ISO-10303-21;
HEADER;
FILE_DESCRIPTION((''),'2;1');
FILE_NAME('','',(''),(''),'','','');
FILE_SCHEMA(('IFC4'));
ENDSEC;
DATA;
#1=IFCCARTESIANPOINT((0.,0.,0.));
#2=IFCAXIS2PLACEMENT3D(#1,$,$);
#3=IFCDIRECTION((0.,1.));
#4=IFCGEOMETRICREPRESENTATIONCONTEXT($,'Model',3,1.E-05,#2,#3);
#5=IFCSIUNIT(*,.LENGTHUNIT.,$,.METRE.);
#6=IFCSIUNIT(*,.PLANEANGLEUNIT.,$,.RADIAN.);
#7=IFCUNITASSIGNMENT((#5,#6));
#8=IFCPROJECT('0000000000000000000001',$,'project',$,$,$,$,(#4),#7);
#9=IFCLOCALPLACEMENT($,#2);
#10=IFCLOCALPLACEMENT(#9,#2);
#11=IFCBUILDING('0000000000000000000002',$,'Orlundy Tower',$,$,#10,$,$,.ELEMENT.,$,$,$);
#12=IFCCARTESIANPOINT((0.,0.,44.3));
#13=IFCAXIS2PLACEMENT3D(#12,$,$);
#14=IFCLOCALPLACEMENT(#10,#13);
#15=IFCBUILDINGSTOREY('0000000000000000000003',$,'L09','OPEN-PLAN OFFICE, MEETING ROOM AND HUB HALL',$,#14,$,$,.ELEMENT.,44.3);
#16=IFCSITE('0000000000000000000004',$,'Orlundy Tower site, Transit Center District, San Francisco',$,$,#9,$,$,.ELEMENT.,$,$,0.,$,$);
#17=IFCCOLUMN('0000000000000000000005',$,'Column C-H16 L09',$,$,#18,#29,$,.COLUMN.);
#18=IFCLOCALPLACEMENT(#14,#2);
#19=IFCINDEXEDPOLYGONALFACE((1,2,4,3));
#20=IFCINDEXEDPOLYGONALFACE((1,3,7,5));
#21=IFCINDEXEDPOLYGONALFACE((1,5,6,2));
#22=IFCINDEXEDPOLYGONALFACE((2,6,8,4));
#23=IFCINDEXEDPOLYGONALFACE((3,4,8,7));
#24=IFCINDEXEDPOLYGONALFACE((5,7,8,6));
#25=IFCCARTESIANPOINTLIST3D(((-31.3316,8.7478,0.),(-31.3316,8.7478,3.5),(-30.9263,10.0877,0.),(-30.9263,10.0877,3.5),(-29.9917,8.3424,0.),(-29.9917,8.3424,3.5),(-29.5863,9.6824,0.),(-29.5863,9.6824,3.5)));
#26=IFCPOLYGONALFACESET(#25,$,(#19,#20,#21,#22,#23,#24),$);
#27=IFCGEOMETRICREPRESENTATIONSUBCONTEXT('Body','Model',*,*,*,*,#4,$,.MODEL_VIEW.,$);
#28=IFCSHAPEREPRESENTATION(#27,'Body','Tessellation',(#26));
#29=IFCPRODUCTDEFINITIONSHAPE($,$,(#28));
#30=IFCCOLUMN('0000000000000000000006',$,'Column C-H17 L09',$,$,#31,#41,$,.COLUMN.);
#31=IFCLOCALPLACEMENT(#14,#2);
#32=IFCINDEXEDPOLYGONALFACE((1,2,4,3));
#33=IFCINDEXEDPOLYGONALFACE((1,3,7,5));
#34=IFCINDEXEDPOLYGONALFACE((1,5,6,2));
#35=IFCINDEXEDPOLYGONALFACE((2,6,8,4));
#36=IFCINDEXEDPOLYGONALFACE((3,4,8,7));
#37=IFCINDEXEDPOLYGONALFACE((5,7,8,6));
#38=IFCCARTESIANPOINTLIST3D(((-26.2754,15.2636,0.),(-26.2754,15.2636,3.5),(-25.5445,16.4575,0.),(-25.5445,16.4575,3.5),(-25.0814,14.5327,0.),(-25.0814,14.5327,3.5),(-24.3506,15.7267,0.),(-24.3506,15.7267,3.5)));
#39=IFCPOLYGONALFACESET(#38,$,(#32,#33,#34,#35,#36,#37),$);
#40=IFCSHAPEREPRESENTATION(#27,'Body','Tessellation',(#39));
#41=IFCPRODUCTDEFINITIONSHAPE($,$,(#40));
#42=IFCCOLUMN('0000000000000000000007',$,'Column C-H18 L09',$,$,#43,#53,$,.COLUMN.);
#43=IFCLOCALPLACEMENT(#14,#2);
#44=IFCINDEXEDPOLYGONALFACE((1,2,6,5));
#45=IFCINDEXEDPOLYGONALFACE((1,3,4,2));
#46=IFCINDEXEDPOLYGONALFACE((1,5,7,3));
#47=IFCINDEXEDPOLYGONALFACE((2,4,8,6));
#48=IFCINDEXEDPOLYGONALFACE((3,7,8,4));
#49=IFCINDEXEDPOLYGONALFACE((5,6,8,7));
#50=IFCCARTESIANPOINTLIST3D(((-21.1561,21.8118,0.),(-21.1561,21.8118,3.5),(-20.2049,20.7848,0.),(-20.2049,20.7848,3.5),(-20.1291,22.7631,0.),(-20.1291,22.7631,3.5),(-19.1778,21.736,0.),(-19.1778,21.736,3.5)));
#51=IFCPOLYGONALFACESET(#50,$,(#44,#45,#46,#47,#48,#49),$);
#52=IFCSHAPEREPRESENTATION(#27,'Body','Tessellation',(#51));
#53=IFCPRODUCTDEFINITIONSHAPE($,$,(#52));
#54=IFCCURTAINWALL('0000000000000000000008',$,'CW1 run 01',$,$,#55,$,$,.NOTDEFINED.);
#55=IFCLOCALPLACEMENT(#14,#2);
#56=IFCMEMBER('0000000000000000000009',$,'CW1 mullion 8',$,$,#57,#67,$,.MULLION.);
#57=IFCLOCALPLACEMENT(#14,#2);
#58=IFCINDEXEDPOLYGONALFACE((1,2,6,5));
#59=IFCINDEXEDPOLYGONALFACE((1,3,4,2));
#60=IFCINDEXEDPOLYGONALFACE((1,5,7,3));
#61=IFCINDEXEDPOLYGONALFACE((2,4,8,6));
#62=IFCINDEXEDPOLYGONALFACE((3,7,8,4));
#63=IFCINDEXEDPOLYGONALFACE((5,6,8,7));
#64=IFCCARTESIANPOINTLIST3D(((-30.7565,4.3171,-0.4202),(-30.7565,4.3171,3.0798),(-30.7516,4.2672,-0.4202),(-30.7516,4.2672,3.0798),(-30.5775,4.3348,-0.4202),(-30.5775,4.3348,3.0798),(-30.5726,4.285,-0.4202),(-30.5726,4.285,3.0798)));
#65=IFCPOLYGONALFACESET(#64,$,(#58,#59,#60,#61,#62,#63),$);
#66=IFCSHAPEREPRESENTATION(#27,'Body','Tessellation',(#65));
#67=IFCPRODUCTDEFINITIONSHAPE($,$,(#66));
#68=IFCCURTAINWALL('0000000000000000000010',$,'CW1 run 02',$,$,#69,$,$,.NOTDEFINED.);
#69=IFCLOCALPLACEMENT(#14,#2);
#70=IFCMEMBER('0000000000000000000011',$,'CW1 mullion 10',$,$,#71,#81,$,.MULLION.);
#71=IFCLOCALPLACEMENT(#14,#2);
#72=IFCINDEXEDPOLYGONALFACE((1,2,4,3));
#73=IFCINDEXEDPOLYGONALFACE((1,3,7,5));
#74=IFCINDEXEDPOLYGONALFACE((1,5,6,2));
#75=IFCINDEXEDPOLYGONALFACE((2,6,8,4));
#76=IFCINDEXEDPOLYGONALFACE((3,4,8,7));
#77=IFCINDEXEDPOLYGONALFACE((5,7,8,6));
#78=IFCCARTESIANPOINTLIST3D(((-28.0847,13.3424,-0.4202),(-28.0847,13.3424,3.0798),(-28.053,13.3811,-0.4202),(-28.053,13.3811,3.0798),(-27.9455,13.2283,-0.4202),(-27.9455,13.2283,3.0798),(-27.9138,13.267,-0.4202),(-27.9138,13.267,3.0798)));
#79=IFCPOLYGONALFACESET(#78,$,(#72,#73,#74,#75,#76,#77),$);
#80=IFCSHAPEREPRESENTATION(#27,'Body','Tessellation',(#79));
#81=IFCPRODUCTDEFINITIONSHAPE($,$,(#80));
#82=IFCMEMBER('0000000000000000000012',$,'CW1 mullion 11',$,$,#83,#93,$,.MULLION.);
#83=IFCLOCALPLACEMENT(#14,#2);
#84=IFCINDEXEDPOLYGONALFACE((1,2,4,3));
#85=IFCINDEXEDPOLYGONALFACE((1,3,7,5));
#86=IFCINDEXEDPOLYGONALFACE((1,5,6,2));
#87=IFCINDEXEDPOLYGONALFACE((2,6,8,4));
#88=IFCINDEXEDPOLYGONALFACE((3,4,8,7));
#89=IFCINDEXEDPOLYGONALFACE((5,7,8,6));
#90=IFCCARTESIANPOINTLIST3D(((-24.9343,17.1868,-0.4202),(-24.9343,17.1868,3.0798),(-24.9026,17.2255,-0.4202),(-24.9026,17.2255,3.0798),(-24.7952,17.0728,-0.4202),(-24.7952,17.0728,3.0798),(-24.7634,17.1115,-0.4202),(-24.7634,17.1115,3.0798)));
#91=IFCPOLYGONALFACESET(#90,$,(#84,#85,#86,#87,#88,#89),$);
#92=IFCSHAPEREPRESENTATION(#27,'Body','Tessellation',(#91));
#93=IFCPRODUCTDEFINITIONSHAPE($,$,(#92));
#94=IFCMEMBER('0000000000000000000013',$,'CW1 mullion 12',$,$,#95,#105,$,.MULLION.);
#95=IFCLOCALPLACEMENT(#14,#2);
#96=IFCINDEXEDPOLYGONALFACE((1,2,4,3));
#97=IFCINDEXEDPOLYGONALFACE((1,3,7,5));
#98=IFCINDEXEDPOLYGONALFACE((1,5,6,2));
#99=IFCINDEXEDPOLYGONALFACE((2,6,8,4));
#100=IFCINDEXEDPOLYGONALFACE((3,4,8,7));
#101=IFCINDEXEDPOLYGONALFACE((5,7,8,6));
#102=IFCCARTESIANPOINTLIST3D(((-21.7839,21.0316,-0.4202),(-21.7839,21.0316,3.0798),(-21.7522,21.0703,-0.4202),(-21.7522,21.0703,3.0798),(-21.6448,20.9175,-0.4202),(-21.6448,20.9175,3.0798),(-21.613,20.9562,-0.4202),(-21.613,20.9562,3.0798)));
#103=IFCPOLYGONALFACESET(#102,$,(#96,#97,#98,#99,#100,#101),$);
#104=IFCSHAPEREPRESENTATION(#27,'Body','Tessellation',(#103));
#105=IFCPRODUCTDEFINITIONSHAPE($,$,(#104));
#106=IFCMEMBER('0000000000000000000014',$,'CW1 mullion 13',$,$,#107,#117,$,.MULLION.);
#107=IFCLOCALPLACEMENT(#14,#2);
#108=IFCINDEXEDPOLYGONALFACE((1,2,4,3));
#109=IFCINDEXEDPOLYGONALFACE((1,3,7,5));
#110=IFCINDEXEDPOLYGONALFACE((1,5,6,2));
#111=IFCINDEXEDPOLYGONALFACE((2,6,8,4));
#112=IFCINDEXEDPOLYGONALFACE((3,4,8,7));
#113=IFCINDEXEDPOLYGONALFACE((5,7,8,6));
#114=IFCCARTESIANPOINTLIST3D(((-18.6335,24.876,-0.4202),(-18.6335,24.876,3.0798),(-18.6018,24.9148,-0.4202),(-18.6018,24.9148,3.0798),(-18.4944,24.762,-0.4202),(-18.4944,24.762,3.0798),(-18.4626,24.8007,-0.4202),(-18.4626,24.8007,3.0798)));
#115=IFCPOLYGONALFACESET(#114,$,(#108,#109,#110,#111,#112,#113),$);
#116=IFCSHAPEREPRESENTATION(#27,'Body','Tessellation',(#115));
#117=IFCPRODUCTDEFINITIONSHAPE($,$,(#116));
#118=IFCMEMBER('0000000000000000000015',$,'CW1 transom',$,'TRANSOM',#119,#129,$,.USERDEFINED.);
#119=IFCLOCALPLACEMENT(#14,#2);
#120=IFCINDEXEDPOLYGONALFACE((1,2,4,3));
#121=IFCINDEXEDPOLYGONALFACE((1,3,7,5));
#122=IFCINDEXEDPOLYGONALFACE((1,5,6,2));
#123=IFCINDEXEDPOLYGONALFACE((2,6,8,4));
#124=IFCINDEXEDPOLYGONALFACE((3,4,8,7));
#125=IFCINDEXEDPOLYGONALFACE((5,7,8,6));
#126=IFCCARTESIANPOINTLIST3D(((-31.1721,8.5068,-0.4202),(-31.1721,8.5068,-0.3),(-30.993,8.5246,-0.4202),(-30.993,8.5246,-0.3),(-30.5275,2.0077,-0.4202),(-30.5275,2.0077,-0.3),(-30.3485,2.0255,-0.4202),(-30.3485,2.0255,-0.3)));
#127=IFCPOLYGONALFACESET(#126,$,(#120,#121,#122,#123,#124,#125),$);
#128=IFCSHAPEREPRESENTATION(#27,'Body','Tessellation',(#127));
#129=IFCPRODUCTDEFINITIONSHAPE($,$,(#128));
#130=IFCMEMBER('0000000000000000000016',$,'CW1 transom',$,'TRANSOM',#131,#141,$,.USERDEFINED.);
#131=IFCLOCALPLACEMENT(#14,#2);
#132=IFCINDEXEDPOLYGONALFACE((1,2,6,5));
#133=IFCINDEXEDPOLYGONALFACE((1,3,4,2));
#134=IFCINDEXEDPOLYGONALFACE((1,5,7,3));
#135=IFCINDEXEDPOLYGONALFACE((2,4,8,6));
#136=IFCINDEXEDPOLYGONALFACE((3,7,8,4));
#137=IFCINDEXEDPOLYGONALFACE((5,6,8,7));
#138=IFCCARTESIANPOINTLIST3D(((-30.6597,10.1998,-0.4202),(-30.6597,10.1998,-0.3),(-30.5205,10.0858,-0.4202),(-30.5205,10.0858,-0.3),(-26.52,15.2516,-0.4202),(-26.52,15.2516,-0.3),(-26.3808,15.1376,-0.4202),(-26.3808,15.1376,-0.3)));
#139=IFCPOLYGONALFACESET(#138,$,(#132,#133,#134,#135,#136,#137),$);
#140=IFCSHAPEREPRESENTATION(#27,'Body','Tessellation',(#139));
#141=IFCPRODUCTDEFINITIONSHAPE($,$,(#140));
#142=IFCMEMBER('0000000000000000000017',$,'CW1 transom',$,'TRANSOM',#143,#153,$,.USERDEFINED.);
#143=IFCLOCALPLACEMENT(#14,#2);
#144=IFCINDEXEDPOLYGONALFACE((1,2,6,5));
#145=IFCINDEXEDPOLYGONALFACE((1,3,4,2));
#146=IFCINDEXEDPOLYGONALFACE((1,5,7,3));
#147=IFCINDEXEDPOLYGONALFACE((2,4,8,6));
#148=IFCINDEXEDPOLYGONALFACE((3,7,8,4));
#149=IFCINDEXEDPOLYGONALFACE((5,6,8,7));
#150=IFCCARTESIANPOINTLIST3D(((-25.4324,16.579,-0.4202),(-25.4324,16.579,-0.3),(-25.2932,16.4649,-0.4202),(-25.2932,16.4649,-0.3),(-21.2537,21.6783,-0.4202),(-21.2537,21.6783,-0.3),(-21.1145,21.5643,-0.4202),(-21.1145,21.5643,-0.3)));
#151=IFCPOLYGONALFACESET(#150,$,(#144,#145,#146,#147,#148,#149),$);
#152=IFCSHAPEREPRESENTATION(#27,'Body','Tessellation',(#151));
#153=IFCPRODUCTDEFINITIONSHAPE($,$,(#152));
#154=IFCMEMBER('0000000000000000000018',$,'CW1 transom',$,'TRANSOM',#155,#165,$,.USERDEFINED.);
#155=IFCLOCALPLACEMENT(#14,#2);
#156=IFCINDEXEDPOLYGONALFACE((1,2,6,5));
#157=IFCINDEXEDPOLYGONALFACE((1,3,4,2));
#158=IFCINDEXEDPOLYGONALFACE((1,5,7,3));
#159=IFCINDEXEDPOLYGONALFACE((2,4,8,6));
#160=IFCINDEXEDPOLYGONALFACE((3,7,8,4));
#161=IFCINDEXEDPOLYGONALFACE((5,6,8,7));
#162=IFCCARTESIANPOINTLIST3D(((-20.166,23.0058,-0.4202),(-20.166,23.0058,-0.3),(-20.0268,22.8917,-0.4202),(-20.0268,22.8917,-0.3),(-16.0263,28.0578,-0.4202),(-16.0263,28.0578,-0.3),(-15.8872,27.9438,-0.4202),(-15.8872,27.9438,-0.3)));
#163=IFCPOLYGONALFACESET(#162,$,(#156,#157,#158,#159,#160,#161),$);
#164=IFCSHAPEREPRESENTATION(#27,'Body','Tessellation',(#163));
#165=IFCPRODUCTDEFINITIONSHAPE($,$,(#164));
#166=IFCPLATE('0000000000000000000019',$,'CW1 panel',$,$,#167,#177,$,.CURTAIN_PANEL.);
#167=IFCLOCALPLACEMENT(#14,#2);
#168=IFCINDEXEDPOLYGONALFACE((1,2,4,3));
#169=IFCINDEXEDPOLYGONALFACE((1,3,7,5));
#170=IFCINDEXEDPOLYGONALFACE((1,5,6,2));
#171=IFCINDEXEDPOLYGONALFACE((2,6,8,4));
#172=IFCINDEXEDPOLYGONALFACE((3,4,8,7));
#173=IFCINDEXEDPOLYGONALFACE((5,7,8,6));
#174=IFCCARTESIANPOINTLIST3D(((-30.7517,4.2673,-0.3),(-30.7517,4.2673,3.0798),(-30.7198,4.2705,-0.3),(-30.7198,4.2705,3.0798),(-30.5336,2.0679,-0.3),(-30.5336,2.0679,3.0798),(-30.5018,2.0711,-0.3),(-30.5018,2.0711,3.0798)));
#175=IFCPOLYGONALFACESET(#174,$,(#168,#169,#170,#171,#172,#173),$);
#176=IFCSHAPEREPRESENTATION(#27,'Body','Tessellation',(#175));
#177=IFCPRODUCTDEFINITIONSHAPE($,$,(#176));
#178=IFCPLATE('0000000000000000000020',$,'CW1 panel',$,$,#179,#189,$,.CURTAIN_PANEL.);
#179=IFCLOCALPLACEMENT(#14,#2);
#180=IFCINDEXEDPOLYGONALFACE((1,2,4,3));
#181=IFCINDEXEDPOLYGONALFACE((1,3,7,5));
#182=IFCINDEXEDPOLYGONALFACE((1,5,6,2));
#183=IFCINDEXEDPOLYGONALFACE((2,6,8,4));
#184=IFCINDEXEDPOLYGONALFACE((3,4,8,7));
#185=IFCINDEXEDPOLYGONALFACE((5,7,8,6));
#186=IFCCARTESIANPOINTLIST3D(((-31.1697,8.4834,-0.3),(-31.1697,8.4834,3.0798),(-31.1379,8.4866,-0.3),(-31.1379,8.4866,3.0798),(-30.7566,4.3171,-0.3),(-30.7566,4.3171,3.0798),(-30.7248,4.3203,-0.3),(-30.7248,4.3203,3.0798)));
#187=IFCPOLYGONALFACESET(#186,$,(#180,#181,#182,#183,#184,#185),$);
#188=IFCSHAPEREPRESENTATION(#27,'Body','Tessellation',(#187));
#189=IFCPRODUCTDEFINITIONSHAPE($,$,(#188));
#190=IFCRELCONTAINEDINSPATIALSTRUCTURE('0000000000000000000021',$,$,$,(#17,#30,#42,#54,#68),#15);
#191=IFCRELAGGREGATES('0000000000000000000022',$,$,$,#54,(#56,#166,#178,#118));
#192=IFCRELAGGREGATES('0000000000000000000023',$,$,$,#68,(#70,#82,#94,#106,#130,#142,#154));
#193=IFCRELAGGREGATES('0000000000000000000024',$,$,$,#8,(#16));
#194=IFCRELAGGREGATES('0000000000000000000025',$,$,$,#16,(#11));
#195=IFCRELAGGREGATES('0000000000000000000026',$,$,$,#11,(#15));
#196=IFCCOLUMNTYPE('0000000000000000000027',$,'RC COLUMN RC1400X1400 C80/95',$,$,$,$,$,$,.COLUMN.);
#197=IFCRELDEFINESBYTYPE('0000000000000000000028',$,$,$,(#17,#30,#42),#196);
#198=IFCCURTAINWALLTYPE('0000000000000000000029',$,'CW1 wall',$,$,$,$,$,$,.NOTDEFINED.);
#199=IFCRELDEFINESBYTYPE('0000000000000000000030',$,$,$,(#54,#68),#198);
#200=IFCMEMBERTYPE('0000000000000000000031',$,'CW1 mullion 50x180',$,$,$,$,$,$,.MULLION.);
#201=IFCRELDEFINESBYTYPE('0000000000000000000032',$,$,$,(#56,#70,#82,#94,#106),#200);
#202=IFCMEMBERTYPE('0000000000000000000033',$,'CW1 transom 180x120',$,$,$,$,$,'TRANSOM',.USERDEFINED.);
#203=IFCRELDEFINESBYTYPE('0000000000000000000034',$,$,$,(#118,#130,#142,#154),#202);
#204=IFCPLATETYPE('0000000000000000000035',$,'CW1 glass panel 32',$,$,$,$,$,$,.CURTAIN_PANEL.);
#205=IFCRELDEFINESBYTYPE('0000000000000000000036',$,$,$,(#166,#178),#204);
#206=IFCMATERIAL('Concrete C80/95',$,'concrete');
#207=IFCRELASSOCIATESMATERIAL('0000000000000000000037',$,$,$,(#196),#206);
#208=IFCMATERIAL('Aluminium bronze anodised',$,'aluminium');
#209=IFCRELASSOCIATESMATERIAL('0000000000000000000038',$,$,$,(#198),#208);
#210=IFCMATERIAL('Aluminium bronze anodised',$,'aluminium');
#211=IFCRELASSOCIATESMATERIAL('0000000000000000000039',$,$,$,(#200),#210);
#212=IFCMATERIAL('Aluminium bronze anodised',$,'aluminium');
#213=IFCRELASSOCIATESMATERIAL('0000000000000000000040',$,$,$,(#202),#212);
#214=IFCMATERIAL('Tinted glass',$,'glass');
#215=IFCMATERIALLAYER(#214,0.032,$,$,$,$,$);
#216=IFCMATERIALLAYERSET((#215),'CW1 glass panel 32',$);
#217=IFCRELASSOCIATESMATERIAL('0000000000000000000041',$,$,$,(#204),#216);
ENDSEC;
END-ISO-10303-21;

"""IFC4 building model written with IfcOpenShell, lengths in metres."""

from ifc_helpers import new_model, si_unit, direction, frame, origin, origin_2d, place, context, subcontext, project, spatial, rectangle, extrude, material, layer, layer_set, material_profile, profile_set, type_object, element, aggregate, save


model = new_model("IFC4")

# Units and contexts
model_context = context("Model", 3, precision=1e-05, world=origin(), true_north=direction((0.0, 1.0)))
body_context = subcontext(model_context, "Body", "Model", "MODEL_VIEW")
ifc_project = project(units=[si_unit("LENGTHUNIT", "METRE"), si_unit("PLANEANGLEUNIT", "RADIAN")], contexts=[model_context])

# Site, building, storey
site_placement = place(None, origin())
site = spatial("IfcSite", under=ifc_project, at=site_placement, Name="Orlundy Tower site, Transit Center District, San Francisco", CompositionType="ELEMENT", RefElevation=0.0)
building_placement = place(site_placement, origin())
building = spatial("IfcBuilding", under=site, at=building_placement, Name="Orlundy Tower", CompositionType="ELEMENT")
storey_placement = place(building_placement, frame((0.0, 0.0, 44.3)))
storey = spatial("IfcBuildingStorey", under=building, at=storey_placement, Name="L09", Description="OPEN-PLAN OFFICE, MEETING ROOM AND HUB HALL", CompositionType="ELEMENT", Elevation=44.3)

# Columns
ifc_material_1 = material(Name="Concrete C80/95", Category="concrete")
ifc_material_profile_1 = material_profile(ifc_material_1, rectangle(XDim=1.3999, YDim=1.3999, at=origin_2d()), Name="RC1400X1400")
ifc_profile_set_1 = profile_set([ifc_material_profile_1], Name="Concrete C80/95")
column_type = type_object("IfcColumnType", Name="RC COLUMN RC1400X1400 C80/95", PredefinedType="COLUMN", material=ifc_profile_set_1)
for number, where, z_axis, x_axis, name in (
    (1, (-30.459, 9.2151, 0.0), (0.0, 0.0, 1.0), (-0.957153, 0.289583, 0.0), "Column C-H16 L09"),
    (2, (-25.313, 15.4951, 0.0), (0.0, 0.0, 1.0), (-0.852895, 0.522082, 0.0), "Column C-H17 L09"),
    (3, (-20.167, 21.7739, 0.0), (0.0, 0.0, 1.0), (-0.679518, 0.733659, 0.0), "Column C-H18 L09"),
):
    element("IfcColumn", number, at=place(storey_placement, frame(where, z_axis=z_axis, x_axis=x_axis)), inside=storey, type_object=column_type, Name=name, PredefinedType="COLUMN", context=body_context, shape_type="SweptSolid", body=[
        extrude(rectangle(XDim=1.3999, YDim=1.3999, at=origin_2d()), origin(), (0.0, 0.0, 1.0), 3.5),
    ])

# Curtain wall, member
ifc_material_2 = material(Name="Aluminium bronze anodised", Category="aluminium")
curtain_wall_type = type_object("IfcCurtainWallType", Name="CW1 wall", PredefinedType="NOTDEFINED", material=ifc_material_2)
curtain_wall_1_placement = place(storey_placement, origin())
curtain_wall_1 = element("IfcCurtainWall", 4, at=curtain_wall_1_placement, inside=storey, type_object=curtain_wall_type, Name="CW1 run 01", PredefinedType="NOTDEFINED")
ifc_material_3 = material(Name="Aluminium bronze anodised", Category="aluminium")
ifc_material_profile_2 = material_profile(ifc_material_3, rectangle(XDim=0.1799, YDim=0.05, at=origin_2d()), Name="CW1 mullion 50x180")
ifc_profile_set_2 = profile_set([ifc_material_profile_2], Name="Aluminium bronze anodised")
member_type_1 = type_object("IfcMemberType", Name="CW1 mullion 50x180", PredefinedType="MULLION", material=ifc_profile_set_2)
member_1_placement = place(storey_placement, frame((-30.6646, 4.301, -0.4202), z_axis=(0.0, 0.0, 1.0), x_axis=(-0.99512, -0.098672, 0.0)))
member_1 = element("IfcMember", 5, at=member_1_placement, type_object=member_type_1, Name="CW1 mullion 8", PredefinedType="MULLION", context=body_context, shape_type="SweptSolid", body=[
    extrude(rectangle(XDim=0.1799, YDim=0.05, at=origin_2d()), origin(), (0.0, 0.0, 1.0), 3.5),
])

# Curtain wall, members
curtain_wall_2_placement = place(storey_placement, origin())
curtain_wall_2 = element("IfcCurtainWall", 6, at=curtain_wall_2_placement, inside=storey, type_object=curtain_wall_type, Name="CW1 run 02", PredefinedType="NOTDEFINED")
member_2_placement = place(storey_placement, frame((-27.9993, 13.3047, -0.4202), z_axis=(0.0, 0.0, 1.0), x_axis=(-0.773482, 0.633818, 0.0)))
member_2 = element("IfcMember", 7, at=member_2_placement, type_object=member_type_1, Name="CW1 mullion 10", PredefinedType="MULLION", context=body_context, shape_type="SweptSolid", body=[
    extrude(rectangle(XDim=0.1799, YDim=0.05, at=origin_2d()), origin(), (0.0, 0.0, 1.0), 3.5),
])
member_3_placement = place(storey_placement, frame((-24.8489, 17.1492, -0.4202), z_axis=(0.0, 0.0, 1.0), x_axis=(-0.773482, 0.633818, 0.0)))
member_3 = element("IfcMember", 8, at=member_3_placement, type_object=member_type_1, Name="CW1 mullion 11", PredefinedType="MULLION", context=body_context, shape_type="SweptSolid", body=[
    extrude(rectangle(XDim=0.1799, YDim=0.05, at=origin_2d()), origin(), (0.0, 0.0, 1.0), 3.5),
])
member_4_placement = place(storey_placement, frame((-21.6985, 20.9939, -0.4202), z_axis=(0.0, 0.0, 1.0), x_axis=(-0.773482, 0.633818, 0.0)))
member_4 = element("IfcMember", 9, at=member_4_placement, type_object=member_type_1, Name="CW1 mullion 12", PredefinedType="MULLION", context=body_context, shape_type="SweptSolid", body=[
    extrude(rectangle(XDim=0.1799, YDim=0.05, at=origin_2d()), origin(), (0.0, 0.0, 1.0), 3.5),
])
member_5_placement = place(storey_placement, frame((-18.5481, 24.8384, -0.4202), z_axis=(0.0, 0.0, 1.0), x_axis=(-0.773482, 0.633818, 0.0)))
member_5 = element("IfcMember", 10, at=member_5_placement, type_object=member_type_1, Name="CW1 mullion 13", PredefinedType="MULLION", context=body_context, shape_type="SweptSolid", body=[
    extrude(rectangle(XDim=0.1799, YDim=0.05, at=origin_2d()), origin(), (0.0, 0.0, 1.0), 3.5),
])

# Members
ifc_material_4 = material(Name="Aluminium bronze anodised", Category="aluminium")
ifc_material_profile_3 = material_profile(ifc_material_4, rectangle(XDim=0.1799, YDim=0.1201, at=origin_2d()), Name="CW1 transom 180x120")
ifc_profile_set_3 = profile_set([ifc_material_profile_3], Name="Aluminium bronze anodised")
member_type_2 = type_object("IfcMemberType", Name="CW1 transom 180x120", ElementType="TRANSOM", PredefinedType="USERDEFINED", material=ifc_profile_set_3)
member_6_placement = place(storey_placement, frame((-30.438, 2.0166, -0.3601), z_axis=(-0.098689, 0.995118, 0.0), x_axis=(-0.995118, -0.098689, 0.0)))
member_6 = element("IfcMember", 11, at=member_6_placement, type_object=member_type_2, Name="CW1 transom", ObjectType="TRANSOM", PredefinedType="USERDEFINED", context=body_context, shape_type="SweptSolid", body=[
    extrude(rectangle(XDim=0.1799, YDim=0.1201, at=origin_2d()), origin(), (0.0, 0.0, 1.0), 6.531),
])
member_7_placement = place(storey_placement, frame((-30.5901, 10.1428, -0.3601), z_axis=(0.633824, 0.773477, 0.0), x_axis=(-0.773477, 0.633824, 0.0)))
member_7 = element("IfcMember", 12, at=member_7_placement, type_object=member_type_2, Name="CW1 transom", ObjectType="TRANSOM", PredefinedType="USERDEFINED", context=body_context, shape_type="SweptSolid", body=[
    extrude(rectangle(XDim=0.1799, YDim=0.1201, at=origin_2d()), origin(), (0.0, 0.0, 1.0), 6.5312),
])
member_8_placement = place(storey_placement, frame((-25.3628, 16.522, -0.3601), z_axis=(0.633828, 0.773474, 0.0), x_axis=(-0.773474, 0.633828, 0.0)))
member_8 = element("IfcMember", 13, at=member_8_placement, type_object=member_type_2, Name="CW1 transom", ObjectType="TRANSOM", PredefinedType="USERDEFINED", context=body_context, shape_type="SweptSolid", body=[
    extrude(rectangle(XDim=0.1799, YDim=0.1201, at=origin_2d()), origin(), (0.0, 0.0, 1.0), 6.5928),
])
member_9_placement = place(storey_placement, frame((-20.0964, 22.9487, -0.3601), z_axis=(0.633806, 0.773492, 0.0), x_axis=(-0.773492, 0.633806, 0.0)))
member_9 = element("IfcMember", 14, at=member_9_placement, type_object=member_type_2, Name="CW1 transom", ObjectType="TRANSOM", PredefinedType="USERDEFINED", context=body_context, shape_type="SweptSolid", body=[
    extrude(rectangle(XDim=0.1799, YDim=0.1201, at=origin_2d()), origin(), (0.0, 0.0, 1.0), 6.5315),
])

# Plates
ifc_material_5 = material(Name="Tinted glass", Category="glass")
ifc_layer_1 = layer(ifc_material_5, 0.032)
ifc_layer_set_1 = layer_set([ifc_layer_1], Name="CW1 glass panel 32")
plate_type = type_object("IfcPlateType", Name="CW1 glass panel 32", PredefinedType="CURTAIN_PANEL", material=ifc_layer_set_1)
plate_1_placement = place(storey_placement, frame((-30.6267, 3.1692, -0.3), z_axis=(0.0, 0.0, 1.0), x_axis=(-0.098672, 0.99512, 0.0)))
plate_1 = element("IfcPlate", 15, at=plate_1_placement, type_object=plate_type, Name="CW1 panel", PredefinedType="CURTAIN_PANEL", context=body_context, shape_type="SweptSolid", body=[
    extrude(rectangle(XDim=2.2102, YDim=0.032, at=origin_2d()), origin(), (0.0, 0.0, 1.0), 3.3799),
])
plate_2_placement = place(storey_placement, frame((-30.9473, 6.4019, -0.3), z_axis=(0.0, 0.0, 1.0), x_axis=(-0.098672, 0.99512, 0.0)))
plate_2 = element("IfcPlate", 16, at=plate_2_placement, type_object=plate_type, Name="CW1 panel", PredefinedType="CURTAIN_PANEL", context=body_context, shape_type="SweptSolid", body=[
    extrude(rectangle(XDim=4.1868, YDim=0.032, at=origin_2d()), origin(), (0.0, 0.0, 1.0), 3.3799),
])
aggregate(curtain_wall_1, [member_1, plate_1, plate_2, member_6])
aggregate(curtain_wall_2, [member_2, member_3, member_4, member_5, member_7, member_8, member_9])

save(model, "model.ifc")
